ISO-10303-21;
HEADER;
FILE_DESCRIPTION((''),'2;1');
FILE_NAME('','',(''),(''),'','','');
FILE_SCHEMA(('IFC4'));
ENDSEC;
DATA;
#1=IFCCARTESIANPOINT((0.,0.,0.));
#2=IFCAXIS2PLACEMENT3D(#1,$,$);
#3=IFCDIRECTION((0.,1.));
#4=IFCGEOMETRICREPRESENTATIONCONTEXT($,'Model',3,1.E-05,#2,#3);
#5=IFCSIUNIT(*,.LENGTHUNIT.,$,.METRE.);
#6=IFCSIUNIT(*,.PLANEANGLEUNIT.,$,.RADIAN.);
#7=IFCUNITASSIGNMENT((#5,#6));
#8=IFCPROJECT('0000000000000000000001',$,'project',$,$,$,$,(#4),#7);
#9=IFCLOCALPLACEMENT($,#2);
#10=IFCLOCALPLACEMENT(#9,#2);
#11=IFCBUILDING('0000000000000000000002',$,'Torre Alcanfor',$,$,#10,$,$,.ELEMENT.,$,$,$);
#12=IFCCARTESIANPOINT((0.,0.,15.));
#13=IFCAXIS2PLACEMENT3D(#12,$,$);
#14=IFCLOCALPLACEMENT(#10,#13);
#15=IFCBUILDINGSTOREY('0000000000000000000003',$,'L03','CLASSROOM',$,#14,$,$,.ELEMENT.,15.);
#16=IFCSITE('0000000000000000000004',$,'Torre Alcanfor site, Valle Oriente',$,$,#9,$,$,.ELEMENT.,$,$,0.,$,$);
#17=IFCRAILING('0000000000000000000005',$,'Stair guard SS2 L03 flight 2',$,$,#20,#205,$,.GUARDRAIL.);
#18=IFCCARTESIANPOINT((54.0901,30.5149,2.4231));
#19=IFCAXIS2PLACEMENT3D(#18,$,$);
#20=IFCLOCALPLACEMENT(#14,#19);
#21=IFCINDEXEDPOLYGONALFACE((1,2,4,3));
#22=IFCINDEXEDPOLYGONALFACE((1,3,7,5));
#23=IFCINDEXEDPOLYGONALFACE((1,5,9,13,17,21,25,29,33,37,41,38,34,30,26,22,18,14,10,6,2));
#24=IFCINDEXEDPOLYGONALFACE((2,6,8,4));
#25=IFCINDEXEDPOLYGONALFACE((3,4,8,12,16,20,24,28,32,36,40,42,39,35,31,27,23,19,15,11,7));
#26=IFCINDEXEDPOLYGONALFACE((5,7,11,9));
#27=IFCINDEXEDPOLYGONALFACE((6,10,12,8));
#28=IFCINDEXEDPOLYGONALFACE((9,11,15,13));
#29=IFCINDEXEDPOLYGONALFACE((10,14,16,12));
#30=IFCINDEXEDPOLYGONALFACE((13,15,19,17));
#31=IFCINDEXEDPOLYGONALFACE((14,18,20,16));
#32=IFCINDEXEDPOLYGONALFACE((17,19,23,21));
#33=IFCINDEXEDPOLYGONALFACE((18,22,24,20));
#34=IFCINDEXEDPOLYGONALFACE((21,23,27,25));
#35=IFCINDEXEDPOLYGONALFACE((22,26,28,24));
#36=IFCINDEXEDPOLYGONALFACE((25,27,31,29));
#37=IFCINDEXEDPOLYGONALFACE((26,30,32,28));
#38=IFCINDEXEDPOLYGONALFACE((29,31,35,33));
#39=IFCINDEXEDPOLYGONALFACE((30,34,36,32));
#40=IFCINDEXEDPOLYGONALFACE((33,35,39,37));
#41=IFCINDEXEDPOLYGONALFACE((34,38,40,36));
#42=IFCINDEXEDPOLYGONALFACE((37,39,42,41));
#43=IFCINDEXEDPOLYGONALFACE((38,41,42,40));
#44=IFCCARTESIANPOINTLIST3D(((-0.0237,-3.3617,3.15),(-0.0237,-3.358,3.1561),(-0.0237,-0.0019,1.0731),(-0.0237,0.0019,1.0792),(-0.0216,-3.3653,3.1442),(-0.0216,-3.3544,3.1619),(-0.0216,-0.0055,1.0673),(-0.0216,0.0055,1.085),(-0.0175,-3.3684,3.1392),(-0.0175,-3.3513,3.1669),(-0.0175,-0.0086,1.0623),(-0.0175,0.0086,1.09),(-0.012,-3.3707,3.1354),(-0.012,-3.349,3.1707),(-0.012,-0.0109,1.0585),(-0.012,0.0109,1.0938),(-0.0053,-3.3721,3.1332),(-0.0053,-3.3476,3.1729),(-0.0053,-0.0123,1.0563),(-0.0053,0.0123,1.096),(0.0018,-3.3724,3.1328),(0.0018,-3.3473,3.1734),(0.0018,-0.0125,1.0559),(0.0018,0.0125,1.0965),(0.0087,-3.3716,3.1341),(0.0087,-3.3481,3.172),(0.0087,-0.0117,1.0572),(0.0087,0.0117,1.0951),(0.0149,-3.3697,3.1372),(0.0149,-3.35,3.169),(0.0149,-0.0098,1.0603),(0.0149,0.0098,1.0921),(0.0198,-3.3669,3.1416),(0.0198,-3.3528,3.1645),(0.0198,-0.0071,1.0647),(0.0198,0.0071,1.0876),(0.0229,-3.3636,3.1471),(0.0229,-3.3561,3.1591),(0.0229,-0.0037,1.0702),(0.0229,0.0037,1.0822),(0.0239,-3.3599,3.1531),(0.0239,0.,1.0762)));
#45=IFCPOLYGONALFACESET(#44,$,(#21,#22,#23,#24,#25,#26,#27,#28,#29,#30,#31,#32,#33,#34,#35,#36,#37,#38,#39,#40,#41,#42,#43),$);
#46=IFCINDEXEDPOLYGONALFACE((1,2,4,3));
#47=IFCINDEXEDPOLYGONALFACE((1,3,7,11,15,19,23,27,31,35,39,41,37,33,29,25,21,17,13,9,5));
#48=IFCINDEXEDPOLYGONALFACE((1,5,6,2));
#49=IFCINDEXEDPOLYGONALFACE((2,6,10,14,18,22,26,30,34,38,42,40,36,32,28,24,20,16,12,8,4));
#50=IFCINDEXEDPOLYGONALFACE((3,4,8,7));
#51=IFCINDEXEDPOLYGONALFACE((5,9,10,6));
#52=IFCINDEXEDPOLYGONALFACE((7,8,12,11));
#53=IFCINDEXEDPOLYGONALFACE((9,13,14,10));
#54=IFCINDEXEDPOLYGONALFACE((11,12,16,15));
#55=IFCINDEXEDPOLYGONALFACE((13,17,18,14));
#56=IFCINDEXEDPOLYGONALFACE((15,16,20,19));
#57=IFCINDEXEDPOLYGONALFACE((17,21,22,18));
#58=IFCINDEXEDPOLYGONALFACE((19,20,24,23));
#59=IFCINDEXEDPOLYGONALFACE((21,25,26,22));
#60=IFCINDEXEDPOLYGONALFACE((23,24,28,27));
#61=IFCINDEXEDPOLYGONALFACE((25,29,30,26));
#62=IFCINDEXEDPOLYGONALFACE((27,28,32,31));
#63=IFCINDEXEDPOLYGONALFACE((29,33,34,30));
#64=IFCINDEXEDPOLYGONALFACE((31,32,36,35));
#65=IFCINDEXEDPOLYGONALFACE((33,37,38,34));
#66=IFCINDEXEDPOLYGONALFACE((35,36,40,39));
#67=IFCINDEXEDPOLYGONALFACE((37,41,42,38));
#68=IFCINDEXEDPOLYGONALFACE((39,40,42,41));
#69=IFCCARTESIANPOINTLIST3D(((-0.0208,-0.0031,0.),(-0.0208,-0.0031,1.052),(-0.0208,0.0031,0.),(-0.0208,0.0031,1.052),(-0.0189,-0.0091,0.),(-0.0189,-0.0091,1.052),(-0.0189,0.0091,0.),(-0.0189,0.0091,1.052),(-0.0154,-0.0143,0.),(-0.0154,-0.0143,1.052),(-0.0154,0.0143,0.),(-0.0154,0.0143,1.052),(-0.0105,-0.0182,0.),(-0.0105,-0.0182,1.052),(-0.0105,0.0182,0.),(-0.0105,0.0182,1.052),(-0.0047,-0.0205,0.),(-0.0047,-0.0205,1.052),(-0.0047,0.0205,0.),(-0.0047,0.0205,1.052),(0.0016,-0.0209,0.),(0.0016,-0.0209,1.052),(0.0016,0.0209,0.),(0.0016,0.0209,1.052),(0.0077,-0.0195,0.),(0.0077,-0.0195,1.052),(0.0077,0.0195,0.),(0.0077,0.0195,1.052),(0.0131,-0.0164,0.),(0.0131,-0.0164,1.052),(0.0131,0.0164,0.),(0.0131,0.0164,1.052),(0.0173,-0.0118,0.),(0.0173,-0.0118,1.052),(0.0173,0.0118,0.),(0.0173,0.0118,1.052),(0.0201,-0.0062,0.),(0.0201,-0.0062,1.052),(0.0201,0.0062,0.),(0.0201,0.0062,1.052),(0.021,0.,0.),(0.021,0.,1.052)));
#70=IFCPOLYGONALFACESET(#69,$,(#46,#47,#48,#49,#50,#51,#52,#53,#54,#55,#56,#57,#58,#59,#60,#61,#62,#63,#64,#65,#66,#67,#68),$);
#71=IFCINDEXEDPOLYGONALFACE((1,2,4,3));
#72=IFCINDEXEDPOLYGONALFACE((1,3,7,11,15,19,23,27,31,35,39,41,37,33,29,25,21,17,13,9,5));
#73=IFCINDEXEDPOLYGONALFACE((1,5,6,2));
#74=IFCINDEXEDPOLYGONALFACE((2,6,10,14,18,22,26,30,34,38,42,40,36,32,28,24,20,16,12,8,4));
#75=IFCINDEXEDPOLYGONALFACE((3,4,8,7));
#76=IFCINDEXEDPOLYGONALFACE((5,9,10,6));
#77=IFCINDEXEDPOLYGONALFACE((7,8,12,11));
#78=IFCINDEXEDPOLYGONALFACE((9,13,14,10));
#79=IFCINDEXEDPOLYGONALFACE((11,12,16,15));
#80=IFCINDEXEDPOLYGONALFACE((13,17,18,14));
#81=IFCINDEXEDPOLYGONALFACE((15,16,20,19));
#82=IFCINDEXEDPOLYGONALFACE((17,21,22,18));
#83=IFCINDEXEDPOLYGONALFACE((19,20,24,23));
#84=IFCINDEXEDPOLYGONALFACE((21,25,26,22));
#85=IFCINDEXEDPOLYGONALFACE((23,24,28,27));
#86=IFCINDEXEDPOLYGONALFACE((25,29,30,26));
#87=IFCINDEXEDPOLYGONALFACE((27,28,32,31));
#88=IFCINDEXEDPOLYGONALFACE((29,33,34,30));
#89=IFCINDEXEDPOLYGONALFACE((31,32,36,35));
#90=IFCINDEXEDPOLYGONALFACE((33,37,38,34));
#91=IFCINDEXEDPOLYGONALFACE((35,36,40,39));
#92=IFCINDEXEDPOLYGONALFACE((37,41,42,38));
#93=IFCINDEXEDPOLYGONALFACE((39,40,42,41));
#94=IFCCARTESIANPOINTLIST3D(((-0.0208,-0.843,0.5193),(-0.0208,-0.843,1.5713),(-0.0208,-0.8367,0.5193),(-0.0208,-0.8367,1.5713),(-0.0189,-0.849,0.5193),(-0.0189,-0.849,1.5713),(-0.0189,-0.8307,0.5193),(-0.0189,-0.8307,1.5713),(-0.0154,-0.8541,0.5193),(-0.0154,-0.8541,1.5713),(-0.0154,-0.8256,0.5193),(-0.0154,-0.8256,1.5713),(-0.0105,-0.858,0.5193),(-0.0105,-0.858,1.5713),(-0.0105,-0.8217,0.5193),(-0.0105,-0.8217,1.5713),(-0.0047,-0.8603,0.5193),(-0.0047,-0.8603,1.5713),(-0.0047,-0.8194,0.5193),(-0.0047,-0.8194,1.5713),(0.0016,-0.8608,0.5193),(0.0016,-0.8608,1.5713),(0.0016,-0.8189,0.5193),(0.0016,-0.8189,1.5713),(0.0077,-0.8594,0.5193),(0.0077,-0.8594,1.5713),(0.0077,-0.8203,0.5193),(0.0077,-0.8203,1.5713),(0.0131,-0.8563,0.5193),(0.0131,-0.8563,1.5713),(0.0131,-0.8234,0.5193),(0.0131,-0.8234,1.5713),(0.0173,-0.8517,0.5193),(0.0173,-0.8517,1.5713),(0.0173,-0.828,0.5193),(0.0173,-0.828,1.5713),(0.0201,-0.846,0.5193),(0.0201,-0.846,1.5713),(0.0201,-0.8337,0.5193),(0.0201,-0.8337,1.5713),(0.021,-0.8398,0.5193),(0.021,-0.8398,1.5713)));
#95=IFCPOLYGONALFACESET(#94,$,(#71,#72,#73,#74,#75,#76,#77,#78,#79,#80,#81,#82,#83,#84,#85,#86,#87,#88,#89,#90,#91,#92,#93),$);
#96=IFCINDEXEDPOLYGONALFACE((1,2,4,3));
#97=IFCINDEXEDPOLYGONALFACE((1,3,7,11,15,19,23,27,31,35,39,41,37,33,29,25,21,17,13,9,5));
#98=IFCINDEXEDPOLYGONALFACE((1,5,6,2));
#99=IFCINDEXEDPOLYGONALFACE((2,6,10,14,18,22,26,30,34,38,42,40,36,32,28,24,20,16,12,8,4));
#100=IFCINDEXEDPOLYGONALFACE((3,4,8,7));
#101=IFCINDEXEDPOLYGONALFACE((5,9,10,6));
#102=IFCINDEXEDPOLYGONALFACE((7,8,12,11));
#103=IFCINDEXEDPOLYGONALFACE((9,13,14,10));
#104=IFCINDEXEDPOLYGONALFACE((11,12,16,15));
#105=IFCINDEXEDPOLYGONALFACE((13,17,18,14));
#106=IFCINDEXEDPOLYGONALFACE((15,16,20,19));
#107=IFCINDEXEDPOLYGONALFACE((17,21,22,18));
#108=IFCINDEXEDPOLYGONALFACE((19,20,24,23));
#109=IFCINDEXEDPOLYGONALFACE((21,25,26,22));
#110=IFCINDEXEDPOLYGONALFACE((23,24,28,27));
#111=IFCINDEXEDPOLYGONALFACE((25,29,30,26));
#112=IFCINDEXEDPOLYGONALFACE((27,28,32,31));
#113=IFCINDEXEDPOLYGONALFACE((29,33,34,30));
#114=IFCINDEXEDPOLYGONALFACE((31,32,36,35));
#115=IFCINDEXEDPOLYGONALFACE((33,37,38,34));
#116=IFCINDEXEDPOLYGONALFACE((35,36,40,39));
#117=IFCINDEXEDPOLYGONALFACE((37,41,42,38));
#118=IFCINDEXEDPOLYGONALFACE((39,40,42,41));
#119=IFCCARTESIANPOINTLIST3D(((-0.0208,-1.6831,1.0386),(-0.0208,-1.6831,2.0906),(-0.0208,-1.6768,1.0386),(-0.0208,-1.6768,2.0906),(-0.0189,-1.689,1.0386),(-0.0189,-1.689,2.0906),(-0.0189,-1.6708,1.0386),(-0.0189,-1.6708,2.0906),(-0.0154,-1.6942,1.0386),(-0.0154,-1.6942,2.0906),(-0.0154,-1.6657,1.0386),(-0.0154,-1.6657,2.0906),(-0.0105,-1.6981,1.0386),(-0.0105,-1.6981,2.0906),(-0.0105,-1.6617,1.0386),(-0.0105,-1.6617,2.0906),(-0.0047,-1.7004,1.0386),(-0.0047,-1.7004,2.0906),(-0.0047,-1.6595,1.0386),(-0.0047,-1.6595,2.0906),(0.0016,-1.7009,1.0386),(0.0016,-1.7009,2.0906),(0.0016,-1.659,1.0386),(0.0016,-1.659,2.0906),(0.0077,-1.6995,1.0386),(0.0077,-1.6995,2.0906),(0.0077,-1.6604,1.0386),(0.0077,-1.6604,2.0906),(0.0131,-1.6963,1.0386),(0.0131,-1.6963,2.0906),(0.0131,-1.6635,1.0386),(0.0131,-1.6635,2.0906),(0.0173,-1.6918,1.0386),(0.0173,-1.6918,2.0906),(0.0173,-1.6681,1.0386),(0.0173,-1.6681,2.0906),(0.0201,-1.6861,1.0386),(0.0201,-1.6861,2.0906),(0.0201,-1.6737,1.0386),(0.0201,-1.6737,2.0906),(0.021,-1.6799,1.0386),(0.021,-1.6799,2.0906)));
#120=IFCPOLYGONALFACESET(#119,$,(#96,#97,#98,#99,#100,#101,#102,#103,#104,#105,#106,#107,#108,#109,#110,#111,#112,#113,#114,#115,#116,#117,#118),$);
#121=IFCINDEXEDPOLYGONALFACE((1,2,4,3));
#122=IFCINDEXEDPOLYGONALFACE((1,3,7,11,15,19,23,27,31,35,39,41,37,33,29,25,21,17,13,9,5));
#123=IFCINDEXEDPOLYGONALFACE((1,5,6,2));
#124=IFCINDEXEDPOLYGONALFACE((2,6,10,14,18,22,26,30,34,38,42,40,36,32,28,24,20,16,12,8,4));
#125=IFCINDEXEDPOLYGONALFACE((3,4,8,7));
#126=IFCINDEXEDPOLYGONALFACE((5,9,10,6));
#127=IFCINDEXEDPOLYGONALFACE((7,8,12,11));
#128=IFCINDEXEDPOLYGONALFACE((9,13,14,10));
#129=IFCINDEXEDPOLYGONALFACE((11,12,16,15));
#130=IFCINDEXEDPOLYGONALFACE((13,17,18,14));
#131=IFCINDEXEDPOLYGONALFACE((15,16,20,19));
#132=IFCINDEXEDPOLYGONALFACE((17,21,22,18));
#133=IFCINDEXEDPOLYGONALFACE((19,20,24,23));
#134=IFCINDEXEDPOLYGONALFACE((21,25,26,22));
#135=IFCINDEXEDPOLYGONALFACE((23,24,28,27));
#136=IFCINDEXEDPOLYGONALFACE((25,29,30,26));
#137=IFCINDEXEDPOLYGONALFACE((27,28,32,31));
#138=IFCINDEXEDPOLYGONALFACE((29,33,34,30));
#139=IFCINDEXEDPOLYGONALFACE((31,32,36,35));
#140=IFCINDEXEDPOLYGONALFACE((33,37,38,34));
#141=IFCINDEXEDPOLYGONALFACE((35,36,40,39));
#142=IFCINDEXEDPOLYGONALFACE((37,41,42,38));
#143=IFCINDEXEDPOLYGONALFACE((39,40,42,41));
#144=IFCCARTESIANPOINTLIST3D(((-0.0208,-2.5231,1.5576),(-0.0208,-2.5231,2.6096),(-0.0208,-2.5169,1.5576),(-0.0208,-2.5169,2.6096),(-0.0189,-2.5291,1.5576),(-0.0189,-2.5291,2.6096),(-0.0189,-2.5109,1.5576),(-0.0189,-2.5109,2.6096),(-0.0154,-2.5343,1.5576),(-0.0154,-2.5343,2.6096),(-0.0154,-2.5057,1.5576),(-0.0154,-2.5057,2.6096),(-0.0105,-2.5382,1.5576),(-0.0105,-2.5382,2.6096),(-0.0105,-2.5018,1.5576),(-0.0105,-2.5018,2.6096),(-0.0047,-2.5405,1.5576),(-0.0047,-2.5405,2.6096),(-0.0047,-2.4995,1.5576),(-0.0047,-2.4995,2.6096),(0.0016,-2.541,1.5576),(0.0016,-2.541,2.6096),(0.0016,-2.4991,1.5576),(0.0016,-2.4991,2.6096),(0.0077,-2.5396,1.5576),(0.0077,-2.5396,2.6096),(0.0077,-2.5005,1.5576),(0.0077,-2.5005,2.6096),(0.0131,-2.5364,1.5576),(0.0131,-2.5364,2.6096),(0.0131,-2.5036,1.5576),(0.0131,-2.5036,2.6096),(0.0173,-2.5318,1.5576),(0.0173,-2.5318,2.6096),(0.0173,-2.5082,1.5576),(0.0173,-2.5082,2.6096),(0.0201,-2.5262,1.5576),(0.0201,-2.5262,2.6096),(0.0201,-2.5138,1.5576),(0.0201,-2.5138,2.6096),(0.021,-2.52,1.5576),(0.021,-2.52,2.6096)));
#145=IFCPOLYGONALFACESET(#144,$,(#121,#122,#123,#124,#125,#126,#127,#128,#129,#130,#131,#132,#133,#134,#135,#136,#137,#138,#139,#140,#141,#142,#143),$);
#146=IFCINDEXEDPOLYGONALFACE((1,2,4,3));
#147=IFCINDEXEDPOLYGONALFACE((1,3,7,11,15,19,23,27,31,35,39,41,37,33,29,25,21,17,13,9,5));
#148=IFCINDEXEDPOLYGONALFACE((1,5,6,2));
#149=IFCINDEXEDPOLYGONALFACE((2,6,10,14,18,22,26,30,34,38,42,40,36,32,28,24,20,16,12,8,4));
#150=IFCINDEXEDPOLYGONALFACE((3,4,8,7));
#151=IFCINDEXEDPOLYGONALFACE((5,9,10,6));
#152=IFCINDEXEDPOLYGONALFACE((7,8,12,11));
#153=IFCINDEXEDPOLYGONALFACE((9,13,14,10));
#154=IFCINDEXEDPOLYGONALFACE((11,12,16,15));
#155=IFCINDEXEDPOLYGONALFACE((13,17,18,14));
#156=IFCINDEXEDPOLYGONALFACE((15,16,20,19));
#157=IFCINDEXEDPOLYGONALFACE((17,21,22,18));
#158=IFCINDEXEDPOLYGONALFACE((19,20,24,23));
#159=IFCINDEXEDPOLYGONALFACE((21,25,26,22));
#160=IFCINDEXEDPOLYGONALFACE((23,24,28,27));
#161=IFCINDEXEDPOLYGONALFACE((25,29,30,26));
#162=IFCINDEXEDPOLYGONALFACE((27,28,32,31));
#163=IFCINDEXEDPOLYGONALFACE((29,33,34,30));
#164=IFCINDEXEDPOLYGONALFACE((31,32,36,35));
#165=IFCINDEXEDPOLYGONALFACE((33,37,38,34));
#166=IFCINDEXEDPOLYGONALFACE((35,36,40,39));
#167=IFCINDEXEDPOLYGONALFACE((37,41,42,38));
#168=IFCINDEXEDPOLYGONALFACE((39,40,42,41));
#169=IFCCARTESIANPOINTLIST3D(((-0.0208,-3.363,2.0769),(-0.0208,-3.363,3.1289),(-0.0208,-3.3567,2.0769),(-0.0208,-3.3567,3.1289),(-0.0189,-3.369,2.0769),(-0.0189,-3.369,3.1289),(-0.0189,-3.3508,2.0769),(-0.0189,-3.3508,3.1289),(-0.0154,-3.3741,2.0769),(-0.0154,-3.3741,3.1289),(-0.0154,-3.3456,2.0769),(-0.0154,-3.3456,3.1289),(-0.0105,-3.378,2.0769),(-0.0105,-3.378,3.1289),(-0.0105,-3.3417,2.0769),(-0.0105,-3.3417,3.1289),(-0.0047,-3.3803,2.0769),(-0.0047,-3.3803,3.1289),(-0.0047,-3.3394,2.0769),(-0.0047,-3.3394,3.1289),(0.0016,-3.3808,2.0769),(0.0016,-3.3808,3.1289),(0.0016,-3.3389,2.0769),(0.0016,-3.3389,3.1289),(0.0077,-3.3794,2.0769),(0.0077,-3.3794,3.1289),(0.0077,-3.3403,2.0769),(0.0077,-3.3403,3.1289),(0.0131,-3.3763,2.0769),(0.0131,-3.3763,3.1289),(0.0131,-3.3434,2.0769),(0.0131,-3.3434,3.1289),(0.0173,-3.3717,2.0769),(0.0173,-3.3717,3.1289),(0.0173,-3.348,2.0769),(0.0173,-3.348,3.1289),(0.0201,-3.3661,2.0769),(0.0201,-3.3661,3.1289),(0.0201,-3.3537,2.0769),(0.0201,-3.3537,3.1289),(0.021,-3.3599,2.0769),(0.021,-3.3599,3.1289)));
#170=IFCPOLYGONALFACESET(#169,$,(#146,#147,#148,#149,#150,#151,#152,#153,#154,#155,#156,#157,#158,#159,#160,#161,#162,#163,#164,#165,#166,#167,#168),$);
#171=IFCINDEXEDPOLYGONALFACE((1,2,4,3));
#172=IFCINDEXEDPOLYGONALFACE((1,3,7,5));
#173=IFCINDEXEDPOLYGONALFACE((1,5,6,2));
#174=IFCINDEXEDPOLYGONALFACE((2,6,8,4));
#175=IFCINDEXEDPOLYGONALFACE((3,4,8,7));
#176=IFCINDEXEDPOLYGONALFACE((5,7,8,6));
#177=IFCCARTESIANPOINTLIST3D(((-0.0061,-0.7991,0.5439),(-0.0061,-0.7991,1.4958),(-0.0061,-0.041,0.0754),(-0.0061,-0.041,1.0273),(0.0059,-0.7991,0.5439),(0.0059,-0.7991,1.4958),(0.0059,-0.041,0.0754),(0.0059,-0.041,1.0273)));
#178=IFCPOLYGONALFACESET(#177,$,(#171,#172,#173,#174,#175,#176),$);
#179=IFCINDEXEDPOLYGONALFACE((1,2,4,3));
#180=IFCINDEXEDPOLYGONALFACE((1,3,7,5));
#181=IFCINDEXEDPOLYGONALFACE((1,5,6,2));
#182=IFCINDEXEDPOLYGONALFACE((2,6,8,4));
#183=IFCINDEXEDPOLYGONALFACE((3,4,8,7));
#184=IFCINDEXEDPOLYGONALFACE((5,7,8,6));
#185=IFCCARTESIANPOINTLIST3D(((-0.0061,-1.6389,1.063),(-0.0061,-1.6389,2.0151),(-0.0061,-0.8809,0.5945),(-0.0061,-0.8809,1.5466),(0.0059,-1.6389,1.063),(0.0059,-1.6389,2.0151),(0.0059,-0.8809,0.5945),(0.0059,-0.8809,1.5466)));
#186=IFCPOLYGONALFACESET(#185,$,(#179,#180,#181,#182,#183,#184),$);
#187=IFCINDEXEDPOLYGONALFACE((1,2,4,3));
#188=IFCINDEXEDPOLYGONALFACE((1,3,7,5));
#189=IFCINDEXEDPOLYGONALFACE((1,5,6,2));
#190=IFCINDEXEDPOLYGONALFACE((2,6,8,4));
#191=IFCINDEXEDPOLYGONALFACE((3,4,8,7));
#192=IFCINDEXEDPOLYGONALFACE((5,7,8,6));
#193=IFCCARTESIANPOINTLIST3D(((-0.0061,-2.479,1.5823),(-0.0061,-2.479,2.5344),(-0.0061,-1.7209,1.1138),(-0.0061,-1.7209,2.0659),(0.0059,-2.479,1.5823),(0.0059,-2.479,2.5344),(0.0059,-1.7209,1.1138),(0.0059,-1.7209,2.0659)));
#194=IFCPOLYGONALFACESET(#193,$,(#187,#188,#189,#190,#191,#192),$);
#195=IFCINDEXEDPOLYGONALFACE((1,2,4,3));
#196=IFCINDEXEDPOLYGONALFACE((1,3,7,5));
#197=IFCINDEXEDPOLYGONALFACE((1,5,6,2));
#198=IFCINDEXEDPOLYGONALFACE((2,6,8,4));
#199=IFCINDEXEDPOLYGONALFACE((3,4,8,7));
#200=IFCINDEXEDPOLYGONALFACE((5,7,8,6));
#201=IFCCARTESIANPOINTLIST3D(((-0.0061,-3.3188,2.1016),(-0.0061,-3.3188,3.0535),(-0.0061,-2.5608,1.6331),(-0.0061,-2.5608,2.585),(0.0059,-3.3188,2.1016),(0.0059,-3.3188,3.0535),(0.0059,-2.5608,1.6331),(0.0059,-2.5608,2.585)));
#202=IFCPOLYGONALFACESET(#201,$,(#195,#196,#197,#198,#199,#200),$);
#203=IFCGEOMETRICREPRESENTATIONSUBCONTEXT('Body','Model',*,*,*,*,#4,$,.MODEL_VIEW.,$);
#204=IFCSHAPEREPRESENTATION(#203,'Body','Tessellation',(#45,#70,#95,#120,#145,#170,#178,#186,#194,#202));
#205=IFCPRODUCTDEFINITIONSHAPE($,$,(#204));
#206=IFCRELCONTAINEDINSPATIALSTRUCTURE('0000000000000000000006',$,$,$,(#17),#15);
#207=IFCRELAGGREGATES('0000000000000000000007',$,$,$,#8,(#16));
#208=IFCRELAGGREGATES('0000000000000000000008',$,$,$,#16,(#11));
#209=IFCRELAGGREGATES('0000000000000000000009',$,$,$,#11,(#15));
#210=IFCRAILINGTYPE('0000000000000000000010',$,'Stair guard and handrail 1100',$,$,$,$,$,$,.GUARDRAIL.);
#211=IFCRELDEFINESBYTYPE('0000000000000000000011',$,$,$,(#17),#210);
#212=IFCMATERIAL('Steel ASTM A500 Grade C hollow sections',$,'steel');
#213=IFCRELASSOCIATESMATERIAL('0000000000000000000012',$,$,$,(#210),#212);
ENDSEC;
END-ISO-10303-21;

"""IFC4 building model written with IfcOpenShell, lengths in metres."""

from ifc_helpers import new_model, si_unit, direction, frame, origin, origin_2d, place, context, subcontext, project, spatial, polyline, circle, outline, extrude, material, type_object, element, save


model = new_model("IFC4")

# Units and contexts
model_context = context("Model", 3, precision=1e-05, world=origin(), true_north=direction((0.0, 1.0)))
body_context = subcontext(model_context, "Body", "Model", "MODEL_VIEW")
ifc_project = project(units=[si_unit("LENGTHUNIT", "METRE"), si_unit("PLANEANGLEUNIT", "RADIAN")], contexts=[model_context])

# Site, building, storey
site_placement = place(None, origin())
site = spatial("IfcSite", under=ifc_project, at=site_placement, Name="Torre Alcanfor site, Valle Oriente", CompositionType="ELEMENT", RefElevation=0.0)
building_placement = place(site_placement, origin())
building = spatial("IfcBuilding", under=site, at=building_placement, Name="Torre Alcanfor", CompositionType="ELEMENT")
storey_placement = place(building_placement, frame((0.0, 0.0, 15.0)))
storey = spatial("IfcBuildingStorey", under=building, at=storey_placement, Name="L03", Description="CLASSROOM", CompositionType="ELEMENT", Elevation=15.0)

# Railing
ifc_material_1 = material(Name="Steel ASTM A500 Grade C hollow sections", Category="steel")
railing_type_1 = type_object("IfcRailingType", Name="Stair guard and handrail 1100", PredefinedType="GUARDRAIL", material=ifc_material_1)
railing_1_placement = place(storey_placement, frame((54.0901, 30.5149, 2.4231)))
element("IfcRailing", 1, at=railing_1_placement, inside=storey, type_object=railing_type_1, Name="Stair guard SS2 L03 flight 2", PredefinedType="GUARDRAIL", context=body_context, shape_type="SweptSolid", body=[
    extrude(circle(Radius=0.0239, at=origin_2d()), frame((0.0, 0.0, 1.0762), z_axis=(0.0, -0.850606, 0.525803), x_axis=(1.0, 0.0, 0.0)), (0.0, 0.0, 1.0), 3.95),
    extrude(circle(Radius=0.021, at=origin_2d()), origin(), (0.0, 0.0, 1.0), 1.052),
    extrude(circle(Radius=0.021, at=origin_2d()), frame((0.0, -0.8398, 0.5193)), (0.0, 0.0, 1.0), 1.052),
    extrude(circle(Radius=0.021, at=origin_2d()), frame((0.0, -1.6799, 1.0386)), (0.0, 0.0, 1.0), 1.052),
    extrude(circle(Radius=0.021, at=origin_2d()), frame((0.0, -2.52, 1.5576)), (0.0, 0.0, 1.0), 1.052),
    extrude(circle(Radius=0.021, at=origin_2d()), frame((0.0, -3.3599, 2.0769)), (0.0, 0.0, 1.0), 1.052),
    extrude(outline(polyline([(0.041, 0.0754), (0.7991, 0.5439), (0.7991, 1.4958), (0.041, 1.0273), (0.041, 0.0754)])), frame((0.0059, 0.0, 0.0), z_axis=(-1.0, 0.0, 0.0), x_axis=(0.0, -1.0, 0.0)), (0.0, 0.0, 1.0), 0.012),
    extrude(outline(polyline([(0.8809, 0.5945), (1.6389, 1.063), (1.6389, 2.0151), (0.8809, 1.5466), (0.8809, 0.5945)])), frame((0.0059, 0.0, 0.0), z_axis=(-1.0, 0.0, 0.0), x_axis=(0.0, -1.0, 0.0)), (0.0, 0.0, 1.0), 0.012),
    extrude(outline(polyline([(1.7209, 1.1138), (2.479, 1.5823), (2.479, 2.5344), (1.7209, 2.0659), (1.7209, 1.1138)])), frame((0.0059, 0.0, 0.0), z_axis=(-1.0, 0.0, 0.0), x_axis=(0.0, -1.0, 0.0)), (0.0, 0.0, 1.0), 0.012),
    extrude(outline(polyline([(2.5608, 1.6331), (3.3188, 2.1016), (3.3188, 3.0535), (2.5608, 2.585), (2.5608, 1.6331)])), frame((0.0059, 0.0, 0.0), z_axis=(-1.0, 0.0, 0.0), x_axis=(0.0, -1.0, 0.0)), (0.0, 0.0, 1.0), 0.012),
])

save(model, "model.ifc")
